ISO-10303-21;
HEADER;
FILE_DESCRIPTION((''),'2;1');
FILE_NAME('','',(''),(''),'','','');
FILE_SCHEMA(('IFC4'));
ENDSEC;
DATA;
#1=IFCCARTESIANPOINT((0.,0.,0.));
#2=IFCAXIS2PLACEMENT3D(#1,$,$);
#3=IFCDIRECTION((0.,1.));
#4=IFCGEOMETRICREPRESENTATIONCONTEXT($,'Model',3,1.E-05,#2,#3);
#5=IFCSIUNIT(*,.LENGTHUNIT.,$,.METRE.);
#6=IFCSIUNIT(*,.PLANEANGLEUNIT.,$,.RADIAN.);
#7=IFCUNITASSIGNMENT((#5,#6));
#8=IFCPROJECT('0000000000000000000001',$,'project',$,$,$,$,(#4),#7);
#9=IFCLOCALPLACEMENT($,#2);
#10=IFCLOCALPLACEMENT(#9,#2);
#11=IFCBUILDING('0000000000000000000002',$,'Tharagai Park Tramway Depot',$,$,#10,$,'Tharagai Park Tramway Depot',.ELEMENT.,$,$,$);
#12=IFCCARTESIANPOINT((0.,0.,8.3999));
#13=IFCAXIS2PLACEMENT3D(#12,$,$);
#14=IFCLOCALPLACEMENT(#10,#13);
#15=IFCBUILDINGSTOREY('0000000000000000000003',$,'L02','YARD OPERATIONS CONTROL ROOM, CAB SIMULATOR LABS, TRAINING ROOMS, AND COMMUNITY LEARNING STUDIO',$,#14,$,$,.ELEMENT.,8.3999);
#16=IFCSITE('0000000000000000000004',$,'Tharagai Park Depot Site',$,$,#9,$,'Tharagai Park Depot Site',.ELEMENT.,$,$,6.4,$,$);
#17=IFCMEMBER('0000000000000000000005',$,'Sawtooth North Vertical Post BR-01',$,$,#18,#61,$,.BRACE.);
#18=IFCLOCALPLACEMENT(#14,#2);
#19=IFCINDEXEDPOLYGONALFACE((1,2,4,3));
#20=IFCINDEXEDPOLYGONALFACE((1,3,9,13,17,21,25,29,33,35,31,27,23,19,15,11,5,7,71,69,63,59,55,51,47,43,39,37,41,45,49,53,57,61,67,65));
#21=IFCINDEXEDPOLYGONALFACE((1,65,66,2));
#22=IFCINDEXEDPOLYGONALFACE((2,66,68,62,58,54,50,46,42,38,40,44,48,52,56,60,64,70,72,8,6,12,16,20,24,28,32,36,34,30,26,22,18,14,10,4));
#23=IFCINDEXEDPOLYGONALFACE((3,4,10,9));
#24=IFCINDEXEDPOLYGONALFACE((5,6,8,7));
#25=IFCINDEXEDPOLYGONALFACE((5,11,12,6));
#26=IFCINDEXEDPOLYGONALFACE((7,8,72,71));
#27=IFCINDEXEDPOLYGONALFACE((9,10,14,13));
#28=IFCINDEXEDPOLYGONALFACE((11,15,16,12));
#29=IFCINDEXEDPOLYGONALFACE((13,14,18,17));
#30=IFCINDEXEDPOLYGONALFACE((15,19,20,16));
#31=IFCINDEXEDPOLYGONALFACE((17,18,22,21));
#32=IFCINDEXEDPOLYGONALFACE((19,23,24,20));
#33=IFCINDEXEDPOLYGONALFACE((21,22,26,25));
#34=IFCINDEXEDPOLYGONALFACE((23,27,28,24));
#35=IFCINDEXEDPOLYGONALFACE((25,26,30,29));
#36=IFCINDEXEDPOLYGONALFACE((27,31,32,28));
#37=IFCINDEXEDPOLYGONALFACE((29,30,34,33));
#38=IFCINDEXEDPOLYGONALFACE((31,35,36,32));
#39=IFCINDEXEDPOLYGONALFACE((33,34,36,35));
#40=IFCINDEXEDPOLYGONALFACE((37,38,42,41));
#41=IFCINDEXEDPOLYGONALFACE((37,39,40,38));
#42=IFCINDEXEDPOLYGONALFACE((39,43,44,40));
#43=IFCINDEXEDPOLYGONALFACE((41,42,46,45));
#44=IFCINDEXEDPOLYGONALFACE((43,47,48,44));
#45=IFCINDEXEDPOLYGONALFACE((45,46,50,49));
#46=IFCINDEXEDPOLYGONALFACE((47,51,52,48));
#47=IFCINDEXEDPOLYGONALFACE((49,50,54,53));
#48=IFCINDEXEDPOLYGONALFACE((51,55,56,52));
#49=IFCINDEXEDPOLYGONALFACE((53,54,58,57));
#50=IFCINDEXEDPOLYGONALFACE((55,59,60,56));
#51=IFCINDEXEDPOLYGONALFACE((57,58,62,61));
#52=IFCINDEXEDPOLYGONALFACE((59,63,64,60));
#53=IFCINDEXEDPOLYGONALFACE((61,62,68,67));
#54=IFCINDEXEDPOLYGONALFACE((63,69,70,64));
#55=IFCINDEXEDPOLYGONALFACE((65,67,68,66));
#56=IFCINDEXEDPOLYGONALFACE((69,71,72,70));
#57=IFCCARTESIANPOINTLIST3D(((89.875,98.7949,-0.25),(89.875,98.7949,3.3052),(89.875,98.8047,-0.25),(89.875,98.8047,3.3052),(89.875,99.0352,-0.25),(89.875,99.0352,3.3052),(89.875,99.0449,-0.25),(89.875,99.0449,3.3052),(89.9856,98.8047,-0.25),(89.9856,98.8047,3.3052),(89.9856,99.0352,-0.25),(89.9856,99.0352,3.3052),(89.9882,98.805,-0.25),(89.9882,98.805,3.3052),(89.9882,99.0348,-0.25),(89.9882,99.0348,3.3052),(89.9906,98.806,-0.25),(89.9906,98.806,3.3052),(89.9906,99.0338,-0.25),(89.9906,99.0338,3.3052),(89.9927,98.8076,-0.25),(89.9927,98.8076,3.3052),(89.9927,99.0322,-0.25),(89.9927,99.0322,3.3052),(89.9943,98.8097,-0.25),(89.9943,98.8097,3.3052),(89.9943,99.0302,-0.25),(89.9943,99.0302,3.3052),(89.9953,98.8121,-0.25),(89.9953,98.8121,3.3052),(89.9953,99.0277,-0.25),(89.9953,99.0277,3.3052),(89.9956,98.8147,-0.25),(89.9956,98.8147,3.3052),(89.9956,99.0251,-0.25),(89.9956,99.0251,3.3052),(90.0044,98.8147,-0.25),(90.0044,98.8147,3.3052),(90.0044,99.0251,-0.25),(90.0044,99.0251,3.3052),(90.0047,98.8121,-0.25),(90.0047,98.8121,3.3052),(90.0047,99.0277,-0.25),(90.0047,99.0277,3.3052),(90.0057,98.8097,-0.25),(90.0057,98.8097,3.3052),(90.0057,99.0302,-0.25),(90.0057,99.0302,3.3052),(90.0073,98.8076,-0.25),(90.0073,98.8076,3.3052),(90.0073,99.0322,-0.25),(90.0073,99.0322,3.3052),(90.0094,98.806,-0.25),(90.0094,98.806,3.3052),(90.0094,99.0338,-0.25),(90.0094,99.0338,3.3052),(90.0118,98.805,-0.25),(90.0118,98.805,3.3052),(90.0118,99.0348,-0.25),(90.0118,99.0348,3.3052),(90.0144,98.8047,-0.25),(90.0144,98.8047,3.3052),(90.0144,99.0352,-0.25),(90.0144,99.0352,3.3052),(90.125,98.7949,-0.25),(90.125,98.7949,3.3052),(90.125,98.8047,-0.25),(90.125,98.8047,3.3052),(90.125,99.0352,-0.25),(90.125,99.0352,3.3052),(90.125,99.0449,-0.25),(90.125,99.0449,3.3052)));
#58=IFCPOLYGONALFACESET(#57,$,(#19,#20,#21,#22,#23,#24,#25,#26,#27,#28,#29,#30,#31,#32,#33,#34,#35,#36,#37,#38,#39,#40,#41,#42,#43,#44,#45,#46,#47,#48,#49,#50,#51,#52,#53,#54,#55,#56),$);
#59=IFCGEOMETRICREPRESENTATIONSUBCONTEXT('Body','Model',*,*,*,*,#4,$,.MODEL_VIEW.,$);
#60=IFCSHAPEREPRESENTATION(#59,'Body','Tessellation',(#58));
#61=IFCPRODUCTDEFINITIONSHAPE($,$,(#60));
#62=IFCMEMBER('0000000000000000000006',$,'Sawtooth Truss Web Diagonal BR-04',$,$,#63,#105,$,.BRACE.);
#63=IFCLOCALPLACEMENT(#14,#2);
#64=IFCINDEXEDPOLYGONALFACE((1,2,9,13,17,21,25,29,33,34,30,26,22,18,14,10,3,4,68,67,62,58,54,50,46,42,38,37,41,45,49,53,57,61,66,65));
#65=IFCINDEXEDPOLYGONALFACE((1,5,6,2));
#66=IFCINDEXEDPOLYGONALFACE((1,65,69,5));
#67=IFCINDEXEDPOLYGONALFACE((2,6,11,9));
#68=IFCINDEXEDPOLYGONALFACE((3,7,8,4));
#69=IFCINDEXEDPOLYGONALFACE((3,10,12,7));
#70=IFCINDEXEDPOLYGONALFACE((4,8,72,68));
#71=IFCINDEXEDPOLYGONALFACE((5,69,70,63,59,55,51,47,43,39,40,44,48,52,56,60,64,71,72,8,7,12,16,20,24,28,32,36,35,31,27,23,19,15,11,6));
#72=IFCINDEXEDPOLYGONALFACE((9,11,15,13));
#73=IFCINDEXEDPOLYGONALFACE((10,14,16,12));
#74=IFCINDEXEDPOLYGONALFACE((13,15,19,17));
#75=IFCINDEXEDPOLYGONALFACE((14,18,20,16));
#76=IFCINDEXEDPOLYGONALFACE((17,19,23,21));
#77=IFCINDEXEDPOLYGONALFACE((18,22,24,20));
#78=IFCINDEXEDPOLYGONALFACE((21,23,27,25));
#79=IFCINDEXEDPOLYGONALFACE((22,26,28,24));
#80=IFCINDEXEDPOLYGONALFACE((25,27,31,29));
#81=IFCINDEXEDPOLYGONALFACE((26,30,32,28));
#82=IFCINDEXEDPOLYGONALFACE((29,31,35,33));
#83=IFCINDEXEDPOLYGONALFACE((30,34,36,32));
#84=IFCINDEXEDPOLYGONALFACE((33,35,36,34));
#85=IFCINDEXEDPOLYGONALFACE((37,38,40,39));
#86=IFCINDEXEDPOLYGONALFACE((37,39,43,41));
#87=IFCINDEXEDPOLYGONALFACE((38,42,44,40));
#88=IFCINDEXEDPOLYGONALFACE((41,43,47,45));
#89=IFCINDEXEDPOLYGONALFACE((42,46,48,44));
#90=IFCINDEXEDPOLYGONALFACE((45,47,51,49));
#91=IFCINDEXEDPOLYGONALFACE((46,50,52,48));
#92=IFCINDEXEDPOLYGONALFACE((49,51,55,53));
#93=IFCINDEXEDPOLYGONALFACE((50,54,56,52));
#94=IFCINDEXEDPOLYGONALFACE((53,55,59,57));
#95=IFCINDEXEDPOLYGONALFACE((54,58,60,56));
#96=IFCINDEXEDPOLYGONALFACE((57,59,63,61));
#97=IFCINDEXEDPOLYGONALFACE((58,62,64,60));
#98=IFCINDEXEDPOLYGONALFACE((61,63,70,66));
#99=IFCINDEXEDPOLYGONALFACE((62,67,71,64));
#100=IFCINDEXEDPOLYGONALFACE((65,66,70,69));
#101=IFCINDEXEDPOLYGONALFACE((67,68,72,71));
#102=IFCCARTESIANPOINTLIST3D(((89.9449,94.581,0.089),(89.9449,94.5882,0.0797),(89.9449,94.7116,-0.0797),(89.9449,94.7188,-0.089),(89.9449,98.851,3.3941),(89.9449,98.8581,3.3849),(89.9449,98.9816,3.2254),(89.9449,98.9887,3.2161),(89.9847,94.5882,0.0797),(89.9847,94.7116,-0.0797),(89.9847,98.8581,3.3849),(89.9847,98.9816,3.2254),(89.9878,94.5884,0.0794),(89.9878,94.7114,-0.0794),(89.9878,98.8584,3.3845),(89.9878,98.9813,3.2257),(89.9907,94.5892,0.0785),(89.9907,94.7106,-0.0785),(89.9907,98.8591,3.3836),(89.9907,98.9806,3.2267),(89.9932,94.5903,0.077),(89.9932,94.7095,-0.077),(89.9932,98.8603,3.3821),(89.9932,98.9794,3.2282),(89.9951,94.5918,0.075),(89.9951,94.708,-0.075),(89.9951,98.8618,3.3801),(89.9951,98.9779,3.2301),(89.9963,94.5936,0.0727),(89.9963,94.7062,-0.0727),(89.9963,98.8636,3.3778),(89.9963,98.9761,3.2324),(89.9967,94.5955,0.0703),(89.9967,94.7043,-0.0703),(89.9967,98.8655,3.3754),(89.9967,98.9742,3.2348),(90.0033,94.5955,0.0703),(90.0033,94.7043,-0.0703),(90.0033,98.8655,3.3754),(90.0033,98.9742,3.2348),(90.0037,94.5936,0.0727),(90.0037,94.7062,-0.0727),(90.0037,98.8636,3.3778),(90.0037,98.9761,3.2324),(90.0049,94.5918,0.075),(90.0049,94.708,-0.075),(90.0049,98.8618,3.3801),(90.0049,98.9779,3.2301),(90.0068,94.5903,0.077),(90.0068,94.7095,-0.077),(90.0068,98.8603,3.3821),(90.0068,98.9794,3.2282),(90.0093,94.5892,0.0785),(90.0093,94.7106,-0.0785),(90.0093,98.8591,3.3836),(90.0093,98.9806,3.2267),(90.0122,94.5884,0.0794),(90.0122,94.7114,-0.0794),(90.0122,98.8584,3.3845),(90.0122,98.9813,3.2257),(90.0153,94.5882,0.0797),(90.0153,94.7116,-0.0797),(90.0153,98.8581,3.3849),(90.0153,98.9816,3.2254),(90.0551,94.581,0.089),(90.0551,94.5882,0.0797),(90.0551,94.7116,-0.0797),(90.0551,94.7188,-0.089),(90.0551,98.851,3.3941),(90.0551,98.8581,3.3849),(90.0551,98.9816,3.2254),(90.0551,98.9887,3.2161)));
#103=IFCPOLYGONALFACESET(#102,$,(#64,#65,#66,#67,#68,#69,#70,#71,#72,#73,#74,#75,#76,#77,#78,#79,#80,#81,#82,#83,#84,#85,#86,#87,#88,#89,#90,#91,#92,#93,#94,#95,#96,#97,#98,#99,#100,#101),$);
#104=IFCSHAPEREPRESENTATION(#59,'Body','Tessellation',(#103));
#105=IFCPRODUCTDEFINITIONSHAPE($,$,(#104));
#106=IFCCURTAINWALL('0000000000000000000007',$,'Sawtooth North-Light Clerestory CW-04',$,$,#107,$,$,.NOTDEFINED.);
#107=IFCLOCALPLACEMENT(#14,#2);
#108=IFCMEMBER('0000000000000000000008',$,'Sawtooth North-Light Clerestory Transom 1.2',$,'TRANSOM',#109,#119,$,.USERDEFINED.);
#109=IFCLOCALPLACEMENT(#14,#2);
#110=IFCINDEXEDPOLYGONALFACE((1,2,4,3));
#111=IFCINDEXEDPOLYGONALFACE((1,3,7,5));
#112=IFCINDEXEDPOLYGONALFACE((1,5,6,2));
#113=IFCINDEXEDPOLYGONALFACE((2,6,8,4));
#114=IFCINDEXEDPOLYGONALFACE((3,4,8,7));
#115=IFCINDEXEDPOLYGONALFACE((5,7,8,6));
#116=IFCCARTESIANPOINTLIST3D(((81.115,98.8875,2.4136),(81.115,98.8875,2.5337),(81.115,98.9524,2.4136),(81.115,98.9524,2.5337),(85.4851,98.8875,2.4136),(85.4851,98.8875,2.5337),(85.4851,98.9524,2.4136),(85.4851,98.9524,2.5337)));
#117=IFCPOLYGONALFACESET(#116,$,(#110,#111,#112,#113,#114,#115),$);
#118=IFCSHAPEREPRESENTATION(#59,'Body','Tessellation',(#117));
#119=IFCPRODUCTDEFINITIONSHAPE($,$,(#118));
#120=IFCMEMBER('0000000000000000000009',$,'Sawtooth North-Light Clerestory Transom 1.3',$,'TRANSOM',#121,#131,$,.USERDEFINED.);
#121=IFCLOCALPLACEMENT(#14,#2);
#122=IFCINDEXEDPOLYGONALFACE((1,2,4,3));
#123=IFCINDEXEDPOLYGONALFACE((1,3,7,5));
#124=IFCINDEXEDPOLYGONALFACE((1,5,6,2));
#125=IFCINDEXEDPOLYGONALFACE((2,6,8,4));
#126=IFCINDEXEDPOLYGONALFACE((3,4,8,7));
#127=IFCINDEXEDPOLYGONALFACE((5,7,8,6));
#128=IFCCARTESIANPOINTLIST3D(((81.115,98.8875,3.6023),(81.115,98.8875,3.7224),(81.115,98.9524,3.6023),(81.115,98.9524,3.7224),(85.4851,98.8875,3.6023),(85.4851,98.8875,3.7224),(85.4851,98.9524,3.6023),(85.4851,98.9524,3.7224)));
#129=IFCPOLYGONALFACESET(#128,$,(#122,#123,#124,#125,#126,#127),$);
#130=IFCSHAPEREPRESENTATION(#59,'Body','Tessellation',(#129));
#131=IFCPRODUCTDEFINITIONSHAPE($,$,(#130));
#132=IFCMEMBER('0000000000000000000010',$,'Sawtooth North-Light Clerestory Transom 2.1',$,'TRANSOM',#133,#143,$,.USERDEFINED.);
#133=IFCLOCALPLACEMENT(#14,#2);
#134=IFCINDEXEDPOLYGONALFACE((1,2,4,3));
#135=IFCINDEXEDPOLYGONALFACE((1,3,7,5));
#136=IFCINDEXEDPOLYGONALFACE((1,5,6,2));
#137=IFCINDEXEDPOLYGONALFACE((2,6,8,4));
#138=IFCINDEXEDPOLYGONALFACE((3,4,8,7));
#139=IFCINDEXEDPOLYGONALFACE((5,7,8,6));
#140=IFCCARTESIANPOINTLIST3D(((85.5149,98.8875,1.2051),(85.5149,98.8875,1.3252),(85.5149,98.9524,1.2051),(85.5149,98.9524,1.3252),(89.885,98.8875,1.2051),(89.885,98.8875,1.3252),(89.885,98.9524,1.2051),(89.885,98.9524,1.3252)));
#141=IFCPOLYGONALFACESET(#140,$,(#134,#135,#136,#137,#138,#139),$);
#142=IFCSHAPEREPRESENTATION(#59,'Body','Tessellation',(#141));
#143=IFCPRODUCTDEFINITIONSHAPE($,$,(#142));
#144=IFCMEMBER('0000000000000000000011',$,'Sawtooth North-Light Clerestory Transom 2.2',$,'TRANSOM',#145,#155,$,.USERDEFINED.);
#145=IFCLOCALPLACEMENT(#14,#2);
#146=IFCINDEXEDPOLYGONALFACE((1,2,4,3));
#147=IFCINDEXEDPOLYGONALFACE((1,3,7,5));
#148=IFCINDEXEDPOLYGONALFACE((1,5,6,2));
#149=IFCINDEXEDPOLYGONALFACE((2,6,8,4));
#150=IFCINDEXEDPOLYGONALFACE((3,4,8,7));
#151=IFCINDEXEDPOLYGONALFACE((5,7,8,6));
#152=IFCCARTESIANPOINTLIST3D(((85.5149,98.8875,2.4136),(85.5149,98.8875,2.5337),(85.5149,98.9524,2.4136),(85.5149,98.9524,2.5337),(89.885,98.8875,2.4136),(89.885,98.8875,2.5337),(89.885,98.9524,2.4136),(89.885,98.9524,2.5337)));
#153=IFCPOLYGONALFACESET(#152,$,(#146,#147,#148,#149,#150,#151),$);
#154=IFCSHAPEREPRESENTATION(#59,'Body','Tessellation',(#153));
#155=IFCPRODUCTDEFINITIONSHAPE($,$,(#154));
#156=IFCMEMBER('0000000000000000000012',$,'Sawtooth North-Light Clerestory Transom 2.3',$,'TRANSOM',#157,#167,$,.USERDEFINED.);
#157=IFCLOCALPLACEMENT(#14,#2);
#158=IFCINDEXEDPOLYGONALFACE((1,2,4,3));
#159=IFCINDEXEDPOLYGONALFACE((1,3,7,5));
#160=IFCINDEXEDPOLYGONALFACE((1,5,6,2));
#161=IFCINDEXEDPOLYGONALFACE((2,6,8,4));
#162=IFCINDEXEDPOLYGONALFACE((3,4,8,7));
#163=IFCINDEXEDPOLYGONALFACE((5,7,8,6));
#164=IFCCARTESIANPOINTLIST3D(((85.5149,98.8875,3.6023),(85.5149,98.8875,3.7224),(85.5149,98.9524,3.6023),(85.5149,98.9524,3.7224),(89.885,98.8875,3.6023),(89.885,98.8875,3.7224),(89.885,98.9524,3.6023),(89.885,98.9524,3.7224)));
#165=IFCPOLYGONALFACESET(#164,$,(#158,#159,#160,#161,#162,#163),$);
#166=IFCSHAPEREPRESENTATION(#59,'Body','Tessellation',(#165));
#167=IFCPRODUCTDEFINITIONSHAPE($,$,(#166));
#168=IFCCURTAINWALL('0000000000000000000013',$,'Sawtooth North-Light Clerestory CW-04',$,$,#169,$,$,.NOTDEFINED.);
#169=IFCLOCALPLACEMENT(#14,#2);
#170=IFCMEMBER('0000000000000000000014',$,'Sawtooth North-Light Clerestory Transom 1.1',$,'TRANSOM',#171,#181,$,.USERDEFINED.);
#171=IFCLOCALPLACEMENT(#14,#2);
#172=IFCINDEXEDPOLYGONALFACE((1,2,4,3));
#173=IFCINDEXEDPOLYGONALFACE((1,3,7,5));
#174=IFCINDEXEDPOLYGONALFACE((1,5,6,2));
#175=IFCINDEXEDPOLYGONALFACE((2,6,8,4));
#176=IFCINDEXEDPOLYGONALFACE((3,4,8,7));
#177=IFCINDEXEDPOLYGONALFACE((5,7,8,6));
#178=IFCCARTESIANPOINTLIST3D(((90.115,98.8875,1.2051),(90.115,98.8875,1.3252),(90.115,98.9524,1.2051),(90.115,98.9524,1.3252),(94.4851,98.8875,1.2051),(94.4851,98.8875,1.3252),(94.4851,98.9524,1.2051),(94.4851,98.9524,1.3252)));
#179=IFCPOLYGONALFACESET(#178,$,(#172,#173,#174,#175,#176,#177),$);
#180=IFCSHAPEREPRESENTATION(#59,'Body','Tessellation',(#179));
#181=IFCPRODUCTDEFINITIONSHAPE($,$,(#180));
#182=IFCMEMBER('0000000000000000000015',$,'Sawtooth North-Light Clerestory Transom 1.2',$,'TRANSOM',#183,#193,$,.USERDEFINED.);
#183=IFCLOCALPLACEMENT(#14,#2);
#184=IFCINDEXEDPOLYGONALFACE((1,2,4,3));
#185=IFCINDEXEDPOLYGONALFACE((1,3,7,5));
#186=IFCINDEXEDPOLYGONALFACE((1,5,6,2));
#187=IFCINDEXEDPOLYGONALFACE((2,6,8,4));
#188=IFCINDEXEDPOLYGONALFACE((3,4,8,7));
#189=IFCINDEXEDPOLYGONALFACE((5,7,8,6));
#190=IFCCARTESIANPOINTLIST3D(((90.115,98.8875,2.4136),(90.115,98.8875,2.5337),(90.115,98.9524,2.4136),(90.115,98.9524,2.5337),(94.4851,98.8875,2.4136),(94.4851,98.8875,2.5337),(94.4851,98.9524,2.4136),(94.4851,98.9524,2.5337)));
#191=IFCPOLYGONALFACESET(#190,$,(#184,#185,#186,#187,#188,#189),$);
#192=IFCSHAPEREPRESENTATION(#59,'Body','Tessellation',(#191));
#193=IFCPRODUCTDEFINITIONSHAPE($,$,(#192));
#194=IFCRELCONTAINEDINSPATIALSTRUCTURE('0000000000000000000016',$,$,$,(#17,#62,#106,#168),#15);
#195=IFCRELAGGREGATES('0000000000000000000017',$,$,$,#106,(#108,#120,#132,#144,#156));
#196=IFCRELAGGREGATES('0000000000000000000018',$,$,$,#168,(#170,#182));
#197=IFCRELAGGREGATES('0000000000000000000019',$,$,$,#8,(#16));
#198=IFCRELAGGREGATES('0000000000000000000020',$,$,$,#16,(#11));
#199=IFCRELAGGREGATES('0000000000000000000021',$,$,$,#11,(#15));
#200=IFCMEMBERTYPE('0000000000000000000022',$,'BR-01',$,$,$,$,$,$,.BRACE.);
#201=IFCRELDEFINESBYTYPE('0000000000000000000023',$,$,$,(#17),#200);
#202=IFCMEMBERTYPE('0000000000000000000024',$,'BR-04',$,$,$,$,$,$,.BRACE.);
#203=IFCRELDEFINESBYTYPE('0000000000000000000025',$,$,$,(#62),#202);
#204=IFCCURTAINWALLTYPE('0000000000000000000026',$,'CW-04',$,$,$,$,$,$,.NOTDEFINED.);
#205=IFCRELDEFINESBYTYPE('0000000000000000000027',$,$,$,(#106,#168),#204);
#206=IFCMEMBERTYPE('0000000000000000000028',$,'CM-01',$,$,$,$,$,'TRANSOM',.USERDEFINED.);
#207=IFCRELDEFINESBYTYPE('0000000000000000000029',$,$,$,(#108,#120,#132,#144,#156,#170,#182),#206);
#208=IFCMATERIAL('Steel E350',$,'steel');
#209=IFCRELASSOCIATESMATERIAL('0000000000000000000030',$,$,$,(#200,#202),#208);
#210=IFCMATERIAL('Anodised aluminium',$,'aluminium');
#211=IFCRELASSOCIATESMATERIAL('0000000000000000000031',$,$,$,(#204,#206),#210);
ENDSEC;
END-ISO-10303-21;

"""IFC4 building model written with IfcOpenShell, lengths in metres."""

from ifc_helpers import new_model, si_unit, direction, frame, origin, origin_2d, place, context, subcontext, project, spatial, rectangle, i_section, extrude, material, material_profile, profile_set, type_object, element, aggregate, save


model = new_model("IFC4")

# Units and contexts
model_context = context("Model", 3, precision=1e-05, world=origin(), true_north=direction((0.0, 1.0)))
body_context = subcontext(model_context, "Body", "Model", "MODEL_VIEW")
ifc_project = project(units=[si_unit("LENGTHUNIT", "METRE"), si_unit("PLANEANGLEUNIT", "RADIAN")], contexts=[model_context])

# Site, building, storey
site_placement = place(None, origin())
site = spatial("IfcSite", under=ifc_project, at=site_placement, Name="Tharagai Park Depot Site", LongName="Tharagai Park Depot Site", CompositionType="ELEMENT", RefElevation=6.4)
building_placement = place(site_placement, origin())
building = spatial("IfcBuilding", under=site, at=building_placement, Name="Tharagai Park Tramway Depot", LongName="Tharagai Park Tramway Depot", CompositionType="ELEMENT")
storey_placement = place(building_placement, frame((0.0, 0.0, 8.3999)))
storey = spatial("IfcBuildingStorey", under=building, at=storey_placement, Name="L02", Description="YARD OPERATIONS CONTROL ROOM, CAB SIMULATOR LABS, TRAINING ROOMS, AND COMMUNITY LEARNING STUDIO", CompositionType="ELEMENT", Elevation=8.3999)

# Members
ifc_material_1 = material(Name="Steel E350", Category="steel")
ifc_material_profile_1 = material_profile(ifc_material_1, i_section(OverallWidth=0.25, OverallDepth=0.25, WebThickness=0.0088, FlangeThickness=0.0098, FilletRadius=0.01, at=origin_2d()), Name="ISHB 250")
ifc_profile_set_1 = profile_set([ifc_material_profile_1], Name="Steel E350")
member_type_1 = type_object("IfcMemberType", Name="BR-01", PredefinedType="BRACE", material=ifc_profile_set_1)
member_1_placement = place(storey_placement, frame((90.0, 98.9199, -0.25), z_axis=(0.0, 0.0, 1.0), x_axis=(1.0, 0.0, 0.0)))
element("IfcMember", 1, at=member_1_placement, inside=storey, type_object=member_type_1, Name="Sawtooth North Vertical Post BR-01", PredefinedType="BRACE", context=body_context, shape_type="SweptSolid", body=[
    extrude(i_section(OverallWidth=0.25, OverallDepth=0.25, WebThickness=0.0088, FlangeThickness=0.0098, FilletRadius=0.01, at=origin_2d()), origin(), (0.0, 0.0, 1.0), 3.5552),
])
ifc_material_profile_2 = material_profile(ifc_material_1, i_section(OverallWidth=0.1101, OverallDepth=0.2251, WebThickness=0.0066, FlangeThickness=0.0117, FilletRadius=0.012, at=origin_2d()), Name="ISMB 225")
ifc_profile_set_2 = profile_set([ifc_material_profile_2], Name="Steel E350")
member_type_2 = type_object("IfcMemberType", Name="BR-04", PredefinedType="BRACE", material=ifc_profile_set_2)
member_2_placement = place(storey_placement, frame((90.0, 94.6499, 0.0), z_axis=(0.0, 0.790782, 0.612098), x_axis=(-1.0, 0.0, 0.0)))
element("IfcMember", 2, at=member_2_placement, inside=storey, type_object=member_type_2, Name="Sawtooth Truss Web Diagonal BR-04", PredefinedType="BRACE", context=body_context, shape_type="SweptSolid", body=[
    extrude(i_section(OverallWidth=0.1101, OverallDepth=0.2251, WebThickness=0.0066, FlangeThickness=0.0117, FilletRadius=0.012, at=origin_2d()), origin(), (0.0, 0.0, 1.0), 5.3997),
])

# Curtain walls, members
ifc_material_2 = material(Name="Anodised aluminium", Category="aluminium")
curtain_wall_type = type_object("IfcCurtainWallType", Name="CW-04", PredefinedType="NOTDEFINED", material=ifc_material_2)
curtain_wall_1_placement = place(storey_placement, origin())
curtain_wall_1 = element("IfcCurtainWall", 3, at=curtain_wall_1_placement, inside=storey, type_object=curtain_wall_type, Name="Sawtooth North-Light Clerestory CW-04", PredefinedType="NOTDEFINED")
ifc_material_profile_3 = material_profile(ifc_material_2, rectangle(XDim=0.0649, YDim=0.1201, at=origin_2d()), Name="ALU 65x120")
ifc_profile_set_3 = profile_set([ifc_material_profile_3], Name="Anodised aluminium")
member_type_3 = type_object("IfcMemberType", Name="CM-01", ElementType="TRANSOM", PredefinedType="USERDEFINED", material=ifc_profile_set_3)
member_3_placement = place(storey_placement, frame((81.115, 98.9199, 2.4736), z_axis=(1.0, 0.0, 0.0), x_axis=(0.0, 1.0, 0.0)))
member_3 = element("IfcMember", 4, at=member_3_placement, type_object=member_type_3, Name="Sawtooth North-Light Clerestory Transom 1.2", ObjectType="TRANSOM", PredefinedType="USERDEFINED", context=body_context, shape_type="SweptSolid", body=[
    extrude(rectangle(XDim=0.0649, YDim=0.1201, at=origin_2d()), origin(), (0.0, 0.0, 1.0), 4.3701),
])
member_4_placement = place(storey_placement, frame((81.115, 98.9199, 3.6624), z_axis=(1.0, 0.0, 0.0), x_axis=(0.0, 1.0, 0.0)))
member_4 = element("IfcMember", 5, at=member_4_placement, type_object=member_type_3, Name="Sawtooth North-Light Clerestory Transom 1.3", ObjectType="TRANSOM", PredefinedType="USERDEFINED", context=body_context, shape_type="SweptSolid", body=[
    extrude(rectangle(XDim=0.0649, YDim=0.1201, at=origin_2d()), origin(), (0.0, 0.0, 1.0), 4.3701),
])
member_5_placement = place(storey_placement, frame((85.5149, 98.9199, 1.2651), z_axis=(1.0, 0.0, 0.0), x_axis=(0.0, 1.0, 0.0)))
member_5 = element("IfcMember", 6, at=member_5_placement, type_object=member_type_3, Name="Sawtooth North-Light Clerestory Transom 2.1", ObjectType="TRANSOM", PredefinedType="USERDEFINED", context=body_context, shape_type="SweptSolid", body=[
    extrude(rectangle(XDim=0.0649, YDim=0.1201, at=origin_2d()), origin(), (0.0, 0.0, 1.0), 4.3701),
])
member_6_placement = place(storey_placement, frame((85.5149, 98.9199, 2.4736), z_axis=(1.0, 0.0, 0.0), x_axis=(0.0, 1.0, 0.0)))
member_6 = element("IfcMember", 7, at=member_6_placement, type_object=member_type_3, Name="Sawtooth North-Light Clerestory Transom 2.2", ObjectType="TRANSOM", PredefinedType="USERDEFINED", context=body_context, shape_type="SweptSolid", body=[
    extrude(rectangle(XDim=0.0649, YDim=0.1201, at=origin_2d()), origin(), (0.0, 0.0, 1.0), 4.3701),
])
member_7_placement = place(storey_placement, frame((85.5149, 98.9199, 3.6624), z_axis=(1.0, 0.0, 0.0), x_axis=(0.0, 1.0, 0.0)))
member_7 = element("IfcMember", 8, at=member_7_placement, type_object=member_type_3, Name="Sawtooth North-Light Clerestory Transom 2.3", ObjectType="TRANSOM", PredefinedType="USERDEFINED", context=body_context, shape_type="SweptSolid", body=[
    extrude(rectangle(XDim=0.0649, YDim=0.1201, at=origin_2d()), origin(), (0.0, 0.0, 1.0), 4.3701),
])
curtain_wall_2_placement = place(storey_placement, origin())
curtain_wall_2 = element("IfcCurtainWall", 9, at=curtain_wall_2_placement, inside=storey, type_object=curtain_wall_type, Name="Sawtooth North-Light Clerestory CW-04", PredefinedType="NOTDEFINED")
member_8_placement = place(storey_placement, frame((90.115, 98.9199, 1.2651), z_axis=(1.0, 0.0, 0.0), x_axis=(0.0, 1.0, 0.0)))
member_8 = element("IfcMember", 10, at=member_8_placement, type_object=member_type_3, Name="Sawtooth North-Light Clerestory Transom 1.1", ObjectType="TRANSOM", PredefinedType="USERDEFINED", context=body_context, shape_type="SweptSolid", body=[
    extrude(rectangle(XDim=0.0649, YDim=0.1201, at=origin_2d()), origin(), (0.0, 0.0, 1.0), 4.3701),
])
member_9_placement = place(storey_placement, frame((90.115, 98.9199, 2.4736), z_axis=(1.0, 0.0, 0.0), x_axis=(0.0, 1.0, 0.0)))
member_9 = element("IfcMember", 11, at=member_9_placement, type_object=member_type_3, Name="Sawtooth North-Light Clerestory Transom 1.2", ObjectType="TRANSOM", PredefinedType="USERDEFINED", context=body_context, shape_type="SweptSolid", body=[
    extrude(rectangle(XDim=0.0649, YDim=0.1201, at=origin_2d()), origin(), (0.0, 0.0, 1.0), 4.3701),
])

aggregate(curtain_wall_1, [member_3, member_4, member_5, member_6, member_7])
aggregate(curtain_wall_2, [member_8, member_9])

save(model, "model.ifc")
